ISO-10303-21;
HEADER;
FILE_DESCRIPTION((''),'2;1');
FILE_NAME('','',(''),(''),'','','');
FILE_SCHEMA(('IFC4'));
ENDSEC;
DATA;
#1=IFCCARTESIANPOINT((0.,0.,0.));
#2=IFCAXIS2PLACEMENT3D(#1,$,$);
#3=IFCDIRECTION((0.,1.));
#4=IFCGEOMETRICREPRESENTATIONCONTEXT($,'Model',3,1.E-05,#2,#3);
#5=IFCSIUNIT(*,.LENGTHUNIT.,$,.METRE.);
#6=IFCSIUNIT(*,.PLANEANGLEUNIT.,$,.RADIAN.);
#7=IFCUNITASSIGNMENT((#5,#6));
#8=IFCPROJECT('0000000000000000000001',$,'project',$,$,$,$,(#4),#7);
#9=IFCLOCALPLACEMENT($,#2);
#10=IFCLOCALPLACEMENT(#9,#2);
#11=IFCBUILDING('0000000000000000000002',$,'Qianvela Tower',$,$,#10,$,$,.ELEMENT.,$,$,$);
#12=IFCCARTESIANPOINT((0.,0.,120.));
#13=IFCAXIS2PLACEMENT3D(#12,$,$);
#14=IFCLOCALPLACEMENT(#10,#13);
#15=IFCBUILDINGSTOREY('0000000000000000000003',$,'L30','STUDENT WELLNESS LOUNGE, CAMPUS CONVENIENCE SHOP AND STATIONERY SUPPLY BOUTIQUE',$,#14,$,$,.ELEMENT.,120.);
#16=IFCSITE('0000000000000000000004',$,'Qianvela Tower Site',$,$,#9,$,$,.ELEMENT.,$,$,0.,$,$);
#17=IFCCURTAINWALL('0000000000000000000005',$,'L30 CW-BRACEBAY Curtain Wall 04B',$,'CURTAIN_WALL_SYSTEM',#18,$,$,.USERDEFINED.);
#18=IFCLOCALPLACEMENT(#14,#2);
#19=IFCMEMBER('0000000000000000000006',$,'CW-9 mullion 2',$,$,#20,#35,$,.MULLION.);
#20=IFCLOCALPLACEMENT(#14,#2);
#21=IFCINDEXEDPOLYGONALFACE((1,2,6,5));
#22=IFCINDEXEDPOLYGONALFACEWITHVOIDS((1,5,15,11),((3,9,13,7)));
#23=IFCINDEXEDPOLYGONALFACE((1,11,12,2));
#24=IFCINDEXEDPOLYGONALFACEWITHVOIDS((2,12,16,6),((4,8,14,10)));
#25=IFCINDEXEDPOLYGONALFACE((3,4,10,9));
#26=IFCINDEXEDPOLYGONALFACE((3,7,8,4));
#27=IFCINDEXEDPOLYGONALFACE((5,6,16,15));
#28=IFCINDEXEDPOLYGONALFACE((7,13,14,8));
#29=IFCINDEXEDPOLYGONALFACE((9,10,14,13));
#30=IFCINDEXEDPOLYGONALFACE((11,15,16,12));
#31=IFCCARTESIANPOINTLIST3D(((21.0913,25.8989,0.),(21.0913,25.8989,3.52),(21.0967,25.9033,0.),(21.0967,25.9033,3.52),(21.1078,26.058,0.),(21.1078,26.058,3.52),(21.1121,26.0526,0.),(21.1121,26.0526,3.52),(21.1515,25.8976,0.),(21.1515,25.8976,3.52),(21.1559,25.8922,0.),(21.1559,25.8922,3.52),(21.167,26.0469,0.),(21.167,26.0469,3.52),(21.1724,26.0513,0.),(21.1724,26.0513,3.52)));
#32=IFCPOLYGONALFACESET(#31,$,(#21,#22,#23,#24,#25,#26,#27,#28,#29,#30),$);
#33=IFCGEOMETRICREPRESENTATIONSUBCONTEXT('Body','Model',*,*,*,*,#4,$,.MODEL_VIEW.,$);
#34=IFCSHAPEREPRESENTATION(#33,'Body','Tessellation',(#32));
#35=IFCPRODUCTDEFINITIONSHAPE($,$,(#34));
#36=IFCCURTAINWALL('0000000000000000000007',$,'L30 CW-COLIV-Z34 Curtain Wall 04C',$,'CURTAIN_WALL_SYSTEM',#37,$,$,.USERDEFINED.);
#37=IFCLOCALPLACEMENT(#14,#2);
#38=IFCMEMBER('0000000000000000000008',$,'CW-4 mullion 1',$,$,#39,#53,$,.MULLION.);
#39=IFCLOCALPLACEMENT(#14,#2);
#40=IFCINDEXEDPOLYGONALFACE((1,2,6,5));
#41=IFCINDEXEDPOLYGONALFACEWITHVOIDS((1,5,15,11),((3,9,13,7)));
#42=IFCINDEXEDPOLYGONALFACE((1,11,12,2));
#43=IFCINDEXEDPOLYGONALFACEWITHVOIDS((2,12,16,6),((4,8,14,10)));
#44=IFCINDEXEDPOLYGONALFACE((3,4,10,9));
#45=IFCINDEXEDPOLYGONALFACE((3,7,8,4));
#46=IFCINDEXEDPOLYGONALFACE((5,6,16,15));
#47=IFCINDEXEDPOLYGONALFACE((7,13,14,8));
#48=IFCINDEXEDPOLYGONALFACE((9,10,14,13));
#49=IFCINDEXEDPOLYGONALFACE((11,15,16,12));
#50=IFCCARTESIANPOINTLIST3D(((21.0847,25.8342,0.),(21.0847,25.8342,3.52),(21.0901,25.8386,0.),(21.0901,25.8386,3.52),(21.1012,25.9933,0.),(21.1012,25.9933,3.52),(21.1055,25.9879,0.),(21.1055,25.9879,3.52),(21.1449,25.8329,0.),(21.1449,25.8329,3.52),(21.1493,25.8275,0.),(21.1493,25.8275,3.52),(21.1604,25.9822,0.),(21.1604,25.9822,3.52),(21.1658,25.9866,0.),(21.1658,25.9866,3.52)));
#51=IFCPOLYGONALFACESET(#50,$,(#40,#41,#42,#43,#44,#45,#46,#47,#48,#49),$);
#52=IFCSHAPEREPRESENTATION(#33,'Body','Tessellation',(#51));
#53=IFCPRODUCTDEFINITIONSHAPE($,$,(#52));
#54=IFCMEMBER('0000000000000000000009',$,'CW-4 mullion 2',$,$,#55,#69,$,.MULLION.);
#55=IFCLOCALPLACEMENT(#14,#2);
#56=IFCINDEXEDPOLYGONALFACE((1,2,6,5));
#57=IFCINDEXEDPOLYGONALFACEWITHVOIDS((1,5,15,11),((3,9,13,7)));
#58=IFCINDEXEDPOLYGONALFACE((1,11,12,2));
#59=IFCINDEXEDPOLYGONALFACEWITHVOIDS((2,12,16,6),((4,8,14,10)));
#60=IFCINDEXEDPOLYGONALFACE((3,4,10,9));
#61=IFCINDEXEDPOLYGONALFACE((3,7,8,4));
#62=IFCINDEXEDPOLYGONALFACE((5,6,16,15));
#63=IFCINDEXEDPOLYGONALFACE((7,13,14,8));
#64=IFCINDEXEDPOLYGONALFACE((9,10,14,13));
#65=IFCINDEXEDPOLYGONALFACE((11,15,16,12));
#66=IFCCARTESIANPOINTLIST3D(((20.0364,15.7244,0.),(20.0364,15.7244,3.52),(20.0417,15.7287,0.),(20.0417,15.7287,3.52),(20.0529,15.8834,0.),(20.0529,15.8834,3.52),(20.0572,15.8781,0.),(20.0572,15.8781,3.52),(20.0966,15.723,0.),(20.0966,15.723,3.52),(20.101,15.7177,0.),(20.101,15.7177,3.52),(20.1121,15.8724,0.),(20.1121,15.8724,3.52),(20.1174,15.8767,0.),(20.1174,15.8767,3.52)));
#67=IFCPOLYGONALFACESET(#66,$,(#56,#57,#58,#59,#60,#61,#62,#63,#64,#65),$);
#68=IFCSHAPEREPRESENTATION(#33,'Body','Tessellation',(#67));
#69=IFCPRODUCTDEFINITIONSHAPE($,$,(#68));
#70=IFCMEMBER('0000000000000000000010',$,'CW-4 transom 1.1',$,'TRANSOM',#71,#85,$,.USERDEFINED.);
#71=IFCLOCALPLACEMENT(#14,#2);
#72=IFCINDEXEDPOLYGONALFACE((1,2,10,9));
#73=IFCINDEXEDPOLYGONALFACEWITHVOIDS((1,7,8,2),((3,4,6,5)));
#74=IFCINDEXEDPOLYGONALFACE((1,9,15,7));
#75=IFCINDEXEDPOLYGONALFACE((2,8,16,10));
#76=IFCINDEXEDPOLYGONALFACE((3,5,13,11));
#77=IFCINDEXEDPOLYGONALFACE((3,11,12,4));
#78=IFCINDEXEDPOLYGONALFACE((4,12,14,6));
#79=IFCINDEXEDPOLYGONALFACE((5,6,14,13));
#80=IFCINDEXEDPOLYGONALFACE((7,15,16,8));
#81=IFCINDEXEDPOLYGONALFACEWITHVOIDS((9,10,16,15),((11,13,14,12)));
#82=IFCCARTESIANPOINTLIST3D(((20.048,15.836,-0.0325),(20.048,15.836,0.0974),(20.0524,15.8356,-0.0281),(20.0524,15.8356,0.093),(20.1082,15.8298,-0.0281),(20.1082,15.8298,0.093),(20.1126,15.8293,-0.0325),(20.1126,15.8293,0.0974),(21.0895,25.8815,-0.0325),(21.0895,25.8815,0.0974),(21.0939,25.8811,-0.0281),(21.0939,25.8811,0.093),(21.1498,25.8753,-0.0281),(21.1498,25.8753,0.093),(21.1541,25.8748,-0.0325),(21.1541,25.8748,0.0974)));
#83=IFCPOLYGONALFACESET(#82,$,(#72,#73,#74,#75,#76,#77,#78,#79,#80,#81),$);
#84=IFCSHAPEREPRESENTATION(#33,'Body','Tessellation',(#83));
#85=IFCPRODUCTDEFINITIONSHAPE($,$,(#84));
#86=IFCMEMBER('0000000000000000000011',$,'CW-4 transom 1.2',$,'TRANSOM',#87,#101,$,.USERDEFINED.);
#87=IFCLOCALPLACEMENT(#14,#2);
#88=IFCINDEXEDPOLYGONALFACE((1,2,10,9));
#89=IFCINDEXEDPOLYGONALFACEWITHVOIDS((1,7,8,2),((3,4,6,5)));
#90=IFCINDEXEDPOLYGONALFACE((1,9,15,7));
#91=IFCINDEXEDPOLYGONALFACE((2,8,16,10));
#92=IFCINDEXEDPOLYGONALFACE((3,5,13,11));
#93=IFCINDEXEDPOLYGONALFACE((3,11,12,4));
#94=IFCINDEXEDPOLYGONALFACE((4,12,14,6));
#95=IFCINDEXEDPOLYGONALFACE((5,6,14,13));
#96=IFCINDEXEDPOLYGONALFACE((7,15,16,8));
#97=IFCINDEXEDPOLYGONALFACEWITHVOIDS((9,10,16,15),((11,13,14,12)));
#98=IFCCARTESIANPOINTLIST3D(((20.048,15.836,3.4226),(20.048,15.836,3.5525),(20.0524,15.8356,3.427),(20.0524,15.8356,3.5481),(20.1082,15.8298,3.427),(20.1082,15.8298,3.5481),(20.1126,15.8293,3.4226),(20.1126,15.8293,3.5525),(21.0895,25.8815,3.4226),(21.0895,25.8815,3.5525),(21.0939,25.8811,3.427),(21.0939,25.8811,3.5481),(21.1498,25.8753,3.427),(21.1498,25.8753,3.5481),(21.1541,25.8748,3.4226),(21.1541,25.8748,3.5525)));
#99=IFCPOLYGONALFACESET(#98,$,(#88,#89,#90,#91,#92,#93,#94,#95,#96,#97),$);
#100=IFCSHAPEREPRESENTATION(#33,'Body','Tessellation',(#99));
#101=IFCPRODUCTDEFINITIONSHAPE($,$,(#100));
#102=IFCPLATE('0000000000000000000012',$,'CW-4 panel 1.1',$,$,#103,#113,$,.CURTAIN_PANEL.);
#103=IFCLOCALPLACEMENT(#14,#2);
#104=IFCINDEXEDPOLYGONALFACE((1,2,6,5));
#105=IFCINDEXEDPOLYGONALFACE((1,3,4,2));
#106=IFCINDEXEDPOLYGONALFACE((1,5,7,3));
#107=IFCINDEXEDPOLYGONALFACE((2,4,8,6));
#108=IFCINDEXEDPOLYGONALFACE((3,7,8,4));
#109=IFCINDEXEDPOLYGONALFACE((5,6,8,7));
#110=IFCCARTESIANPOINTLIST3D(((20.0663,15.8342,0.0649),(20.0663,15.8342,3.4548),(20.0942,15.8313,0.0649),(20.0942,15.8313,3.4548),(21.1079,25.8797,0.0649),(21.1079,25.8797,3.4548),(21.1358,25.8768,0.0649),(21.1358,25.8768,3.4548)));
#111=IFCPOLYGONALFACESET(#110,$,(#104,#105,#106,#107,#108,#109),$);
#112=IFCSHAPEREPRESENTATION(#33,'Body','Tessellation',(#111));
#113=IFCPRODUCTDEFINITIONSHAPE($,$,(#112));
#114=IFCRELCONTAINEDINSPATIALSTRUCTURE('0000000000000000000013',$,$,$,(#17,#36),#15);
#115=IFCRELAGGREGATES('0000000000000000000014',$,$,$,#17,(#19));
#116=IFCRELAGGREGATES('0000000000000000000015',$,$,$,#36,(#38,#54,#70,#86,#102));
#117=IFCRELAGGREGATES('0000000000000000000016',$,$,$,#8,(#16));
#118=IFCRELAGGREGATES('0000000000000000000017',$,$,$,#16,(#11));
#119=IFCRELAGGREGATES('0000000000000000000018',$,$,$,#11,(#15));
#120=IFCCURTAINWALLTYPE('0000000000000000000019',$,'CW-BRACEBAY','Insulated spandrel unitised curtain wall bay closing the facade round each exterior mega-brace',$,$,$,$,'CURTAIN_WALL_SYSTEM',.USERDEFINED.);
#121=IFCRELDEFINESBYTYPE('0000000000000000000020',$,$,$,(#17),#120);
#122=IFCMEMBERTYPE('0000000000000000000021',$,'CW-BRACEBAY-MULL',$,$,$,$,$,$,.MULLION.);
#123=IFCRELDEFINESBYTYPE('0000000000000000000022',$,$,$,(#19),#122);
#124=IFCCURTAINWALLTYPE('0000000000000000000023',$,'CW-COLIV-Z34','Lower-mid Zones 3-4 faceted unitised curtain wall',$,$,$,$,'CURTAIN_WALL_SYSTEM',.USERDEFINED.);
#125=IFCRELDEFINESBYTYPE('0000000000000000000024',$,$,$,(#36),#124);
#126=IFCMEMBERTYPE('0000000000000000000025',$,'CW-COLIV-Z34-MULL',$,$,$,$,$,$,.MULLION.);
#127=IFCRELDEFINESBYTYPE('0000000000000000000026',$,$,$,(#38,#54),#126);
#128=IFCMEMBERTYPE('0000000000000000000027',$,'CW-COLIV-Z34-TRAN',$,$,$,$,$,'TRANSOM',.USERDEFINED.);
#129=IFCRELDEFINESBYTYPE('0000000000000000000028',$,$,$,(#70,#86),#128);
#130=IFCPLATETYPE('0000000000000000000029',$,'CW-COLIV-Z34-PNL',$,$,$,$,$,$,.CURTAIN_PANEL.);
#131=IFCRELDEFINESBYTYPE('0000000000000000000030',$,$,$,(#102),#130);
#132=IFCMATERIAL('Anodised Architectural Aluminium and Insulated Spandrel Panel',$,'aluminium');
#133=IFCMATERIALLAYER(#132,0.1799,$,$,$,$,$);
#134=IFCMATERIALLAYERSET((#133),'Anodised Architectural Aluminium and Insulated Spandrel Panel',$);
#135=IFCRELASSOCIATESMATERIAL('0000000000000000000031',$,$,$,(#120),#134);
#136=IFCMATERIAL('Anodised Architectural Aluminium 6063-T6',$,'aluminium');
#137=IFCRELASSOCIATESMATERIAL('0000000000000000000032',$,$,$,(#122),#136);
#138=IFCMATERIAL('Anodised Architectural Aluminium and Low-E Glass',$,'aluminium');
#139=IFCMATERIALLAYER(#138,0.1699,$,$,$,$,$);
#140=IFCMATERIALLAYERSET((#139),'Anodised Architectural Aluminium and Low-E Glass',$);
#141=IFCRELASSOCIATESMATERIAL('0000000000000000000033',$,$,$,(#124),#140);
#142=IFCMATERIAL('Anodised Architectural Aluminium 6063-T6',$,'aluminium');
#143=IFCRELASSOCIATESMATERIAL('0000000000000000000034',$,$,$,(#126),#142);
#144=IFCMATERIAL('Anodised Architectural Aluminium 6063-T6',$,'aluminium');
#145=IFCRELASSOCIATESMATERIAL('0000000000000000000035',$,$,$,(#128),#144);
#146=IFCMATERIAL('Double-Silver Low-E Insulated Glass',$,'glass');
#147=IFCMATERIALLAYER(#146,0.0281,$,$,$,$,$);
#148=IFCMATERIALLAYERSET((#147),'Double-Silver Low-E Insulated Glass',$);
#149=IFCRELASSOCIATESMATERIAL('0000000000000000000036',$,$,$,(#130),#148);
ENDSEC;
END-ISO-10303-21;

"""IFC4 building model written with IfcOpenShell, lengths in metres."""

from ifc_helpers import new_model, si_unit, direction, frame, origin, origin_2d, place, context, subcontext, project, spatial, rectangle, hollow_rectangle, extrude, material, layer, layer_set, material_profile, profile_set, type_object, element, aggregate, save


model = new_model("IFC4")

# Units and contexts
model_context = context("Model", 3, precision=1e-05, world=origin(), true_north=direction((0.0, 1.0)))
body_context = subcontext(model_context, "Body", "Model", "MODEL_VIEW")
ifc_project = project(units=[si_unit("LENGTHUNIT", "METRE"), si_unit("PLANEANGLEUNIT", "RADIAN")], contexts=[model_context])

# Site, building, storey
site_placement = place(None, origin())
site = spatial("IfcSite", under=ifc_project, at=site_placement, Name="Qianvela Tower Site", CompositionType="ELEMENT", RefElevation=0.0)
building_placement = place(site_placement, origin())
building = spatial("IfcBuilding", under=site, at=building_placement, Name="Qianvela Tower", CompositionType="ELEMENT")
storey_placement = place(building_placement, frame((0.0, 0.0, 120.0)))
storey = spatial("IfcBuildingStorey", under=building, at=storey_placement, Name="L30", Description="STUDENT WELLNESS LOUNGE, CAMPUS CONVENIENCE SHOP AND STATIONERY SUPPLY BOUTIQUE", CompositionType="ELEMENT", Elevation=120.0)

# Curtain wall, member
ifc_material_1 = material(Name="Anodised Architectural Aluminium and Insulated Spandrel Panel", Category="aluminium")
ifc_layer_1 = layer(ifc_material_1, 0.1799)
ifc_layer_set_1 = layer_set([ifc_layer_1], Name="Anodised Architectural Aluminium and Insulated Spandrel Panel")
curtain_wall_type_1 = type_object("IfcCurtainWallType", Name="CW-BRACEBAY", Description="Insulated spandrel unitised curtain wall bay closing the facade round each exterior mega-brace", ElementType="CURTAIN_WALL_SYSTEM", PredefinedType="USERDEFINED", material=ifc_layer_set_1)
curtain_wall_1_placement = place(storey_placement, origin())
curtain_wall_1 = element("IfcCurtainWall", 1, at=curtain_wall_1_placement, inside=storey, type_object=curtain_wall_type_1, Name="L30 CW-BRACEBAY Curtain Wall 04B", ObjectType="CURTAIN_WALL_SYSTEM", PredefinedType="USERDEFINED")
ifc_material_2 = material(Name="Anodised Architectural Aluminium 6063-T6", Category="aluminium")
ifc_material_profile_1 = material_profile(ifc_material_2, hollow_rectangle(XDim=0.0649, YDim=0.1599, WallThickness=0.0049, at=origin_2d()), Name="ALU-MULL-65x160")
ifc_profile_set_1 = profile_set([ifc_material_profile_1], Name="Anodised Architectural Aluminium 6063-T6")
member_type_1 = type_object("IfcMemberType", Name="CW-BRACEBAY-MULL", PredefinedType="MULLION", material=ifc_profile_set_1)
member_1_placement = place(storey_placement, frame((21.1318, 25.9751, 0.0), z_axis=(0.0, 0.0, 1.0), x_axis=(0.994666, -0.103144, 0.0)))
member_1 = element("IfcMember", 2, at=member_1_placement, type_object=member_type_1, Name="CW-9 mullion 2", PredefinedType="MULLION", context=body_context, shape_type="SweptSolid", body=[
    extrude(hollow_rectangle(XDim=0.0649, YDim=0.1599, WallThickness=0.0049, at=origin_2d()), origin(), (0.0, 0.0, 1.0), 3.52),
])
aggregate(curtain_wall_1, [member_1])

# Curtain wall, members, plate
ifc_material_3 = material(Name="Anodised Architectural Aluminium and Low-E Glass", Category="aluminium")
ifc_layer_2 = layer(ifc_material_3, 0.1699)
ifc_layer_set_2 = layer_set([ifc_layer_2], Name="Anodised Architectural Aluminium and Low-E Glass")
curtain_wall_type_2 = type_object("IfcCurtainWallType", Name="CW-COLIV-Z34", Description="Lower-mid Zones 3-4 faceted unitised curtain wall", ElementType="CURTAIN_WALL_SYSTEM", PredefinedType="USERDEFINED", material=ifc_layer_set_2)
curtain_wall_2_placement = place(storey_placement, origin())
curtain_wall_2 = element("IfcCurtainWall", 3, at=curtain_wall_2_placement, inside=storey, type_object=curtain_wall_type_2, Name="L30 CW-COLIV-Z34 Curtain Wall 04C", ObjectType="CURTAIN_WALL_SYSTEM", PredefinedType="USERDEFINED")
ifc_material_4 = material(Name="Anodised Architectural Aluminium 6063-T6", Category="aluminium")
ifc_material_profile_2 = material_profile(ifc_material_4, hollow_rectangle(XDim=0.0649, YDim=0.1599, WallThickness=0.0049, at=origin_2d()), Name="ALU-MULL-65x160")
ifc_profile_set_2 = profile_set([ifc_material_profile_2], Name="Anodised Architectural Aluminium 6063-T6")
member_type_2 = type_object("IfcMemberType", Name="CW-COLIV-Z34-MULL", PredefinedType="MULLION", material=ifc_profile_set_2)
member_2_placement = place(storey_placement, frame((21.1252, 25.9104, 0.0), z_axis=(0.0, 0.0, 1.0), x_axis=(0.994667, -0.103136, 0.0)))
member_2 = element("IfcMember", 4, at=member_2_placement, type_object=member_type_2, Name="CW-4 mullion 1", PredefinedType="MULLION", context=body_context, shape_type="SweptSolid", body=[
    extrude(hollow_rectangle(XDim=0.0649, YDim=0.1599, WallThickness=0.0049, at=origin_2d()), origin(), (0.0, 0.0, 1.0), 3.52),
])
member_3_placement = place(storey_placement, frame((20.0769, 15.8005, 0.0), z_axis=(0.0, 0.0, 1.0), x_axis=(0.994667, -0.103136, 0.0)))
member_3 = element("IfcMember", 5, at=member_3_placement, type_object=member_type_2, Name="CW-4 mullion 2", PredefinedType="MULLION", context=body_context, shape_type="SweptSolid", body=[
    extrude(hollow_rectangle(XDim=0.0649, YDim=0.1599, WallThickness=0.0049, at=origin_2d()), origin(), (0.0, 0.0, 1.0), 3.52),
])
ifc_material_5 = material(Name="Anodised Architectural Aluminium 6063-T6", Category="aluminium")
ifc_material_profile_3 = material_profile(ifc_material_5, hollow_rectangle(XDim=0.0649, YDim=0.1299, WallThickness=0.0044, at=origin_2d()), Name="ALU-TRAN-65x130")
ifc_profile_set_3 = profile_set([ifc_material_profile_3], Name="Anodised Architectural Aluminium 6063-T6")
member_type_3 = type_object("IfcMemberType", Name="CW-COLIV-Z34-TRAN", ElementType="TRANSOM", PredefinedType="USERDEFINED", material=ifc_profile_set_3)
member_4_placement = place(storey_placement, frame((21.1218, 25.8782, 0.0325), z_axis=(-0.103127, -0.994668, 0.0), x_axis=(0.994668, -0.103127, 0.0)))
member_4 = element("IfcMember", 6, at=member_4_placement, type_object=member_type_3, Name="CW-4 transom 1.1", ObjectType="TRANSOM", PredefinedType="USERDEFINED", context=body_context, shape_type="SweptSolid", body=[
    extrude(hollow_rectangle(XDim=0.0649, YDim=0.1299, WallThickness=0.0044, at=origin_2d()), origin(), (0.0, 0.0, 1.0), 10.0994),
])
member_5_placement = place(storey_placement, frame((21.1218, 25.8782, 3.4875), z_axis=(-0.103127, -0.994668, 0.0), x_axis=(0.994668, -0.103127, 0.0)))
member_5 = element("IfcMember", 7, at=member_5_placement, type_object=member_type_3, Name="CW-4 transom 1.2", ObjectType="TRANSOM", PredefinedType="USERDEFINED", context=body_context, shape_type="SweptSolid", body=[
    extrude(hollow_rectangle(XDim=0.0649, YDim=0.1299, WallThickness=0.0044, at=origin_2d()), origin(), (0.0, 0.0, 1.0), 10.0994),
])
ifc_material_6 = material(Name="Double-Silver Low-E Insulated Glass", Category="glass")
ifc_layer_3 = layer(ifc_material_6, 0.0281)
ifc_layer_set_3 = layer_set([ifc_layer_3], Name="Double-Silver Low-E Insulated Glass")
plate_type_1 = type_object("IfcPlateType", Name="CW-COLIV-Z34-PNL", PredefinedType="CURTAIN_PANEL", material=ifc_layer_set_3)
plate_placement = place(storey_placement, frame((20.6011, 20.8555, 0.0649), z_axis=(0.0, 0.0, 1.0), x_axis=(-0.103136, -0.994667, 0.0)))
plate = element("IfcPlate", 8, at=plate_placement, type_object=plate_type_1, Name="CW-4 panel 1.1", PredefinedType="CURTAIN_PANEL", context=body_context, shape_type="SweptSolid", body=[
    extrude(rectangle(XDim=10.0994, YDim=0.0281, at=origin_2d()), origin(), (0.0, 0.0, 1.0), 3.3899),
])
aggregate(curtain_wall_2, [member_2, member_3, member_4, member_5, plate])

save(model, "model.ifc")
